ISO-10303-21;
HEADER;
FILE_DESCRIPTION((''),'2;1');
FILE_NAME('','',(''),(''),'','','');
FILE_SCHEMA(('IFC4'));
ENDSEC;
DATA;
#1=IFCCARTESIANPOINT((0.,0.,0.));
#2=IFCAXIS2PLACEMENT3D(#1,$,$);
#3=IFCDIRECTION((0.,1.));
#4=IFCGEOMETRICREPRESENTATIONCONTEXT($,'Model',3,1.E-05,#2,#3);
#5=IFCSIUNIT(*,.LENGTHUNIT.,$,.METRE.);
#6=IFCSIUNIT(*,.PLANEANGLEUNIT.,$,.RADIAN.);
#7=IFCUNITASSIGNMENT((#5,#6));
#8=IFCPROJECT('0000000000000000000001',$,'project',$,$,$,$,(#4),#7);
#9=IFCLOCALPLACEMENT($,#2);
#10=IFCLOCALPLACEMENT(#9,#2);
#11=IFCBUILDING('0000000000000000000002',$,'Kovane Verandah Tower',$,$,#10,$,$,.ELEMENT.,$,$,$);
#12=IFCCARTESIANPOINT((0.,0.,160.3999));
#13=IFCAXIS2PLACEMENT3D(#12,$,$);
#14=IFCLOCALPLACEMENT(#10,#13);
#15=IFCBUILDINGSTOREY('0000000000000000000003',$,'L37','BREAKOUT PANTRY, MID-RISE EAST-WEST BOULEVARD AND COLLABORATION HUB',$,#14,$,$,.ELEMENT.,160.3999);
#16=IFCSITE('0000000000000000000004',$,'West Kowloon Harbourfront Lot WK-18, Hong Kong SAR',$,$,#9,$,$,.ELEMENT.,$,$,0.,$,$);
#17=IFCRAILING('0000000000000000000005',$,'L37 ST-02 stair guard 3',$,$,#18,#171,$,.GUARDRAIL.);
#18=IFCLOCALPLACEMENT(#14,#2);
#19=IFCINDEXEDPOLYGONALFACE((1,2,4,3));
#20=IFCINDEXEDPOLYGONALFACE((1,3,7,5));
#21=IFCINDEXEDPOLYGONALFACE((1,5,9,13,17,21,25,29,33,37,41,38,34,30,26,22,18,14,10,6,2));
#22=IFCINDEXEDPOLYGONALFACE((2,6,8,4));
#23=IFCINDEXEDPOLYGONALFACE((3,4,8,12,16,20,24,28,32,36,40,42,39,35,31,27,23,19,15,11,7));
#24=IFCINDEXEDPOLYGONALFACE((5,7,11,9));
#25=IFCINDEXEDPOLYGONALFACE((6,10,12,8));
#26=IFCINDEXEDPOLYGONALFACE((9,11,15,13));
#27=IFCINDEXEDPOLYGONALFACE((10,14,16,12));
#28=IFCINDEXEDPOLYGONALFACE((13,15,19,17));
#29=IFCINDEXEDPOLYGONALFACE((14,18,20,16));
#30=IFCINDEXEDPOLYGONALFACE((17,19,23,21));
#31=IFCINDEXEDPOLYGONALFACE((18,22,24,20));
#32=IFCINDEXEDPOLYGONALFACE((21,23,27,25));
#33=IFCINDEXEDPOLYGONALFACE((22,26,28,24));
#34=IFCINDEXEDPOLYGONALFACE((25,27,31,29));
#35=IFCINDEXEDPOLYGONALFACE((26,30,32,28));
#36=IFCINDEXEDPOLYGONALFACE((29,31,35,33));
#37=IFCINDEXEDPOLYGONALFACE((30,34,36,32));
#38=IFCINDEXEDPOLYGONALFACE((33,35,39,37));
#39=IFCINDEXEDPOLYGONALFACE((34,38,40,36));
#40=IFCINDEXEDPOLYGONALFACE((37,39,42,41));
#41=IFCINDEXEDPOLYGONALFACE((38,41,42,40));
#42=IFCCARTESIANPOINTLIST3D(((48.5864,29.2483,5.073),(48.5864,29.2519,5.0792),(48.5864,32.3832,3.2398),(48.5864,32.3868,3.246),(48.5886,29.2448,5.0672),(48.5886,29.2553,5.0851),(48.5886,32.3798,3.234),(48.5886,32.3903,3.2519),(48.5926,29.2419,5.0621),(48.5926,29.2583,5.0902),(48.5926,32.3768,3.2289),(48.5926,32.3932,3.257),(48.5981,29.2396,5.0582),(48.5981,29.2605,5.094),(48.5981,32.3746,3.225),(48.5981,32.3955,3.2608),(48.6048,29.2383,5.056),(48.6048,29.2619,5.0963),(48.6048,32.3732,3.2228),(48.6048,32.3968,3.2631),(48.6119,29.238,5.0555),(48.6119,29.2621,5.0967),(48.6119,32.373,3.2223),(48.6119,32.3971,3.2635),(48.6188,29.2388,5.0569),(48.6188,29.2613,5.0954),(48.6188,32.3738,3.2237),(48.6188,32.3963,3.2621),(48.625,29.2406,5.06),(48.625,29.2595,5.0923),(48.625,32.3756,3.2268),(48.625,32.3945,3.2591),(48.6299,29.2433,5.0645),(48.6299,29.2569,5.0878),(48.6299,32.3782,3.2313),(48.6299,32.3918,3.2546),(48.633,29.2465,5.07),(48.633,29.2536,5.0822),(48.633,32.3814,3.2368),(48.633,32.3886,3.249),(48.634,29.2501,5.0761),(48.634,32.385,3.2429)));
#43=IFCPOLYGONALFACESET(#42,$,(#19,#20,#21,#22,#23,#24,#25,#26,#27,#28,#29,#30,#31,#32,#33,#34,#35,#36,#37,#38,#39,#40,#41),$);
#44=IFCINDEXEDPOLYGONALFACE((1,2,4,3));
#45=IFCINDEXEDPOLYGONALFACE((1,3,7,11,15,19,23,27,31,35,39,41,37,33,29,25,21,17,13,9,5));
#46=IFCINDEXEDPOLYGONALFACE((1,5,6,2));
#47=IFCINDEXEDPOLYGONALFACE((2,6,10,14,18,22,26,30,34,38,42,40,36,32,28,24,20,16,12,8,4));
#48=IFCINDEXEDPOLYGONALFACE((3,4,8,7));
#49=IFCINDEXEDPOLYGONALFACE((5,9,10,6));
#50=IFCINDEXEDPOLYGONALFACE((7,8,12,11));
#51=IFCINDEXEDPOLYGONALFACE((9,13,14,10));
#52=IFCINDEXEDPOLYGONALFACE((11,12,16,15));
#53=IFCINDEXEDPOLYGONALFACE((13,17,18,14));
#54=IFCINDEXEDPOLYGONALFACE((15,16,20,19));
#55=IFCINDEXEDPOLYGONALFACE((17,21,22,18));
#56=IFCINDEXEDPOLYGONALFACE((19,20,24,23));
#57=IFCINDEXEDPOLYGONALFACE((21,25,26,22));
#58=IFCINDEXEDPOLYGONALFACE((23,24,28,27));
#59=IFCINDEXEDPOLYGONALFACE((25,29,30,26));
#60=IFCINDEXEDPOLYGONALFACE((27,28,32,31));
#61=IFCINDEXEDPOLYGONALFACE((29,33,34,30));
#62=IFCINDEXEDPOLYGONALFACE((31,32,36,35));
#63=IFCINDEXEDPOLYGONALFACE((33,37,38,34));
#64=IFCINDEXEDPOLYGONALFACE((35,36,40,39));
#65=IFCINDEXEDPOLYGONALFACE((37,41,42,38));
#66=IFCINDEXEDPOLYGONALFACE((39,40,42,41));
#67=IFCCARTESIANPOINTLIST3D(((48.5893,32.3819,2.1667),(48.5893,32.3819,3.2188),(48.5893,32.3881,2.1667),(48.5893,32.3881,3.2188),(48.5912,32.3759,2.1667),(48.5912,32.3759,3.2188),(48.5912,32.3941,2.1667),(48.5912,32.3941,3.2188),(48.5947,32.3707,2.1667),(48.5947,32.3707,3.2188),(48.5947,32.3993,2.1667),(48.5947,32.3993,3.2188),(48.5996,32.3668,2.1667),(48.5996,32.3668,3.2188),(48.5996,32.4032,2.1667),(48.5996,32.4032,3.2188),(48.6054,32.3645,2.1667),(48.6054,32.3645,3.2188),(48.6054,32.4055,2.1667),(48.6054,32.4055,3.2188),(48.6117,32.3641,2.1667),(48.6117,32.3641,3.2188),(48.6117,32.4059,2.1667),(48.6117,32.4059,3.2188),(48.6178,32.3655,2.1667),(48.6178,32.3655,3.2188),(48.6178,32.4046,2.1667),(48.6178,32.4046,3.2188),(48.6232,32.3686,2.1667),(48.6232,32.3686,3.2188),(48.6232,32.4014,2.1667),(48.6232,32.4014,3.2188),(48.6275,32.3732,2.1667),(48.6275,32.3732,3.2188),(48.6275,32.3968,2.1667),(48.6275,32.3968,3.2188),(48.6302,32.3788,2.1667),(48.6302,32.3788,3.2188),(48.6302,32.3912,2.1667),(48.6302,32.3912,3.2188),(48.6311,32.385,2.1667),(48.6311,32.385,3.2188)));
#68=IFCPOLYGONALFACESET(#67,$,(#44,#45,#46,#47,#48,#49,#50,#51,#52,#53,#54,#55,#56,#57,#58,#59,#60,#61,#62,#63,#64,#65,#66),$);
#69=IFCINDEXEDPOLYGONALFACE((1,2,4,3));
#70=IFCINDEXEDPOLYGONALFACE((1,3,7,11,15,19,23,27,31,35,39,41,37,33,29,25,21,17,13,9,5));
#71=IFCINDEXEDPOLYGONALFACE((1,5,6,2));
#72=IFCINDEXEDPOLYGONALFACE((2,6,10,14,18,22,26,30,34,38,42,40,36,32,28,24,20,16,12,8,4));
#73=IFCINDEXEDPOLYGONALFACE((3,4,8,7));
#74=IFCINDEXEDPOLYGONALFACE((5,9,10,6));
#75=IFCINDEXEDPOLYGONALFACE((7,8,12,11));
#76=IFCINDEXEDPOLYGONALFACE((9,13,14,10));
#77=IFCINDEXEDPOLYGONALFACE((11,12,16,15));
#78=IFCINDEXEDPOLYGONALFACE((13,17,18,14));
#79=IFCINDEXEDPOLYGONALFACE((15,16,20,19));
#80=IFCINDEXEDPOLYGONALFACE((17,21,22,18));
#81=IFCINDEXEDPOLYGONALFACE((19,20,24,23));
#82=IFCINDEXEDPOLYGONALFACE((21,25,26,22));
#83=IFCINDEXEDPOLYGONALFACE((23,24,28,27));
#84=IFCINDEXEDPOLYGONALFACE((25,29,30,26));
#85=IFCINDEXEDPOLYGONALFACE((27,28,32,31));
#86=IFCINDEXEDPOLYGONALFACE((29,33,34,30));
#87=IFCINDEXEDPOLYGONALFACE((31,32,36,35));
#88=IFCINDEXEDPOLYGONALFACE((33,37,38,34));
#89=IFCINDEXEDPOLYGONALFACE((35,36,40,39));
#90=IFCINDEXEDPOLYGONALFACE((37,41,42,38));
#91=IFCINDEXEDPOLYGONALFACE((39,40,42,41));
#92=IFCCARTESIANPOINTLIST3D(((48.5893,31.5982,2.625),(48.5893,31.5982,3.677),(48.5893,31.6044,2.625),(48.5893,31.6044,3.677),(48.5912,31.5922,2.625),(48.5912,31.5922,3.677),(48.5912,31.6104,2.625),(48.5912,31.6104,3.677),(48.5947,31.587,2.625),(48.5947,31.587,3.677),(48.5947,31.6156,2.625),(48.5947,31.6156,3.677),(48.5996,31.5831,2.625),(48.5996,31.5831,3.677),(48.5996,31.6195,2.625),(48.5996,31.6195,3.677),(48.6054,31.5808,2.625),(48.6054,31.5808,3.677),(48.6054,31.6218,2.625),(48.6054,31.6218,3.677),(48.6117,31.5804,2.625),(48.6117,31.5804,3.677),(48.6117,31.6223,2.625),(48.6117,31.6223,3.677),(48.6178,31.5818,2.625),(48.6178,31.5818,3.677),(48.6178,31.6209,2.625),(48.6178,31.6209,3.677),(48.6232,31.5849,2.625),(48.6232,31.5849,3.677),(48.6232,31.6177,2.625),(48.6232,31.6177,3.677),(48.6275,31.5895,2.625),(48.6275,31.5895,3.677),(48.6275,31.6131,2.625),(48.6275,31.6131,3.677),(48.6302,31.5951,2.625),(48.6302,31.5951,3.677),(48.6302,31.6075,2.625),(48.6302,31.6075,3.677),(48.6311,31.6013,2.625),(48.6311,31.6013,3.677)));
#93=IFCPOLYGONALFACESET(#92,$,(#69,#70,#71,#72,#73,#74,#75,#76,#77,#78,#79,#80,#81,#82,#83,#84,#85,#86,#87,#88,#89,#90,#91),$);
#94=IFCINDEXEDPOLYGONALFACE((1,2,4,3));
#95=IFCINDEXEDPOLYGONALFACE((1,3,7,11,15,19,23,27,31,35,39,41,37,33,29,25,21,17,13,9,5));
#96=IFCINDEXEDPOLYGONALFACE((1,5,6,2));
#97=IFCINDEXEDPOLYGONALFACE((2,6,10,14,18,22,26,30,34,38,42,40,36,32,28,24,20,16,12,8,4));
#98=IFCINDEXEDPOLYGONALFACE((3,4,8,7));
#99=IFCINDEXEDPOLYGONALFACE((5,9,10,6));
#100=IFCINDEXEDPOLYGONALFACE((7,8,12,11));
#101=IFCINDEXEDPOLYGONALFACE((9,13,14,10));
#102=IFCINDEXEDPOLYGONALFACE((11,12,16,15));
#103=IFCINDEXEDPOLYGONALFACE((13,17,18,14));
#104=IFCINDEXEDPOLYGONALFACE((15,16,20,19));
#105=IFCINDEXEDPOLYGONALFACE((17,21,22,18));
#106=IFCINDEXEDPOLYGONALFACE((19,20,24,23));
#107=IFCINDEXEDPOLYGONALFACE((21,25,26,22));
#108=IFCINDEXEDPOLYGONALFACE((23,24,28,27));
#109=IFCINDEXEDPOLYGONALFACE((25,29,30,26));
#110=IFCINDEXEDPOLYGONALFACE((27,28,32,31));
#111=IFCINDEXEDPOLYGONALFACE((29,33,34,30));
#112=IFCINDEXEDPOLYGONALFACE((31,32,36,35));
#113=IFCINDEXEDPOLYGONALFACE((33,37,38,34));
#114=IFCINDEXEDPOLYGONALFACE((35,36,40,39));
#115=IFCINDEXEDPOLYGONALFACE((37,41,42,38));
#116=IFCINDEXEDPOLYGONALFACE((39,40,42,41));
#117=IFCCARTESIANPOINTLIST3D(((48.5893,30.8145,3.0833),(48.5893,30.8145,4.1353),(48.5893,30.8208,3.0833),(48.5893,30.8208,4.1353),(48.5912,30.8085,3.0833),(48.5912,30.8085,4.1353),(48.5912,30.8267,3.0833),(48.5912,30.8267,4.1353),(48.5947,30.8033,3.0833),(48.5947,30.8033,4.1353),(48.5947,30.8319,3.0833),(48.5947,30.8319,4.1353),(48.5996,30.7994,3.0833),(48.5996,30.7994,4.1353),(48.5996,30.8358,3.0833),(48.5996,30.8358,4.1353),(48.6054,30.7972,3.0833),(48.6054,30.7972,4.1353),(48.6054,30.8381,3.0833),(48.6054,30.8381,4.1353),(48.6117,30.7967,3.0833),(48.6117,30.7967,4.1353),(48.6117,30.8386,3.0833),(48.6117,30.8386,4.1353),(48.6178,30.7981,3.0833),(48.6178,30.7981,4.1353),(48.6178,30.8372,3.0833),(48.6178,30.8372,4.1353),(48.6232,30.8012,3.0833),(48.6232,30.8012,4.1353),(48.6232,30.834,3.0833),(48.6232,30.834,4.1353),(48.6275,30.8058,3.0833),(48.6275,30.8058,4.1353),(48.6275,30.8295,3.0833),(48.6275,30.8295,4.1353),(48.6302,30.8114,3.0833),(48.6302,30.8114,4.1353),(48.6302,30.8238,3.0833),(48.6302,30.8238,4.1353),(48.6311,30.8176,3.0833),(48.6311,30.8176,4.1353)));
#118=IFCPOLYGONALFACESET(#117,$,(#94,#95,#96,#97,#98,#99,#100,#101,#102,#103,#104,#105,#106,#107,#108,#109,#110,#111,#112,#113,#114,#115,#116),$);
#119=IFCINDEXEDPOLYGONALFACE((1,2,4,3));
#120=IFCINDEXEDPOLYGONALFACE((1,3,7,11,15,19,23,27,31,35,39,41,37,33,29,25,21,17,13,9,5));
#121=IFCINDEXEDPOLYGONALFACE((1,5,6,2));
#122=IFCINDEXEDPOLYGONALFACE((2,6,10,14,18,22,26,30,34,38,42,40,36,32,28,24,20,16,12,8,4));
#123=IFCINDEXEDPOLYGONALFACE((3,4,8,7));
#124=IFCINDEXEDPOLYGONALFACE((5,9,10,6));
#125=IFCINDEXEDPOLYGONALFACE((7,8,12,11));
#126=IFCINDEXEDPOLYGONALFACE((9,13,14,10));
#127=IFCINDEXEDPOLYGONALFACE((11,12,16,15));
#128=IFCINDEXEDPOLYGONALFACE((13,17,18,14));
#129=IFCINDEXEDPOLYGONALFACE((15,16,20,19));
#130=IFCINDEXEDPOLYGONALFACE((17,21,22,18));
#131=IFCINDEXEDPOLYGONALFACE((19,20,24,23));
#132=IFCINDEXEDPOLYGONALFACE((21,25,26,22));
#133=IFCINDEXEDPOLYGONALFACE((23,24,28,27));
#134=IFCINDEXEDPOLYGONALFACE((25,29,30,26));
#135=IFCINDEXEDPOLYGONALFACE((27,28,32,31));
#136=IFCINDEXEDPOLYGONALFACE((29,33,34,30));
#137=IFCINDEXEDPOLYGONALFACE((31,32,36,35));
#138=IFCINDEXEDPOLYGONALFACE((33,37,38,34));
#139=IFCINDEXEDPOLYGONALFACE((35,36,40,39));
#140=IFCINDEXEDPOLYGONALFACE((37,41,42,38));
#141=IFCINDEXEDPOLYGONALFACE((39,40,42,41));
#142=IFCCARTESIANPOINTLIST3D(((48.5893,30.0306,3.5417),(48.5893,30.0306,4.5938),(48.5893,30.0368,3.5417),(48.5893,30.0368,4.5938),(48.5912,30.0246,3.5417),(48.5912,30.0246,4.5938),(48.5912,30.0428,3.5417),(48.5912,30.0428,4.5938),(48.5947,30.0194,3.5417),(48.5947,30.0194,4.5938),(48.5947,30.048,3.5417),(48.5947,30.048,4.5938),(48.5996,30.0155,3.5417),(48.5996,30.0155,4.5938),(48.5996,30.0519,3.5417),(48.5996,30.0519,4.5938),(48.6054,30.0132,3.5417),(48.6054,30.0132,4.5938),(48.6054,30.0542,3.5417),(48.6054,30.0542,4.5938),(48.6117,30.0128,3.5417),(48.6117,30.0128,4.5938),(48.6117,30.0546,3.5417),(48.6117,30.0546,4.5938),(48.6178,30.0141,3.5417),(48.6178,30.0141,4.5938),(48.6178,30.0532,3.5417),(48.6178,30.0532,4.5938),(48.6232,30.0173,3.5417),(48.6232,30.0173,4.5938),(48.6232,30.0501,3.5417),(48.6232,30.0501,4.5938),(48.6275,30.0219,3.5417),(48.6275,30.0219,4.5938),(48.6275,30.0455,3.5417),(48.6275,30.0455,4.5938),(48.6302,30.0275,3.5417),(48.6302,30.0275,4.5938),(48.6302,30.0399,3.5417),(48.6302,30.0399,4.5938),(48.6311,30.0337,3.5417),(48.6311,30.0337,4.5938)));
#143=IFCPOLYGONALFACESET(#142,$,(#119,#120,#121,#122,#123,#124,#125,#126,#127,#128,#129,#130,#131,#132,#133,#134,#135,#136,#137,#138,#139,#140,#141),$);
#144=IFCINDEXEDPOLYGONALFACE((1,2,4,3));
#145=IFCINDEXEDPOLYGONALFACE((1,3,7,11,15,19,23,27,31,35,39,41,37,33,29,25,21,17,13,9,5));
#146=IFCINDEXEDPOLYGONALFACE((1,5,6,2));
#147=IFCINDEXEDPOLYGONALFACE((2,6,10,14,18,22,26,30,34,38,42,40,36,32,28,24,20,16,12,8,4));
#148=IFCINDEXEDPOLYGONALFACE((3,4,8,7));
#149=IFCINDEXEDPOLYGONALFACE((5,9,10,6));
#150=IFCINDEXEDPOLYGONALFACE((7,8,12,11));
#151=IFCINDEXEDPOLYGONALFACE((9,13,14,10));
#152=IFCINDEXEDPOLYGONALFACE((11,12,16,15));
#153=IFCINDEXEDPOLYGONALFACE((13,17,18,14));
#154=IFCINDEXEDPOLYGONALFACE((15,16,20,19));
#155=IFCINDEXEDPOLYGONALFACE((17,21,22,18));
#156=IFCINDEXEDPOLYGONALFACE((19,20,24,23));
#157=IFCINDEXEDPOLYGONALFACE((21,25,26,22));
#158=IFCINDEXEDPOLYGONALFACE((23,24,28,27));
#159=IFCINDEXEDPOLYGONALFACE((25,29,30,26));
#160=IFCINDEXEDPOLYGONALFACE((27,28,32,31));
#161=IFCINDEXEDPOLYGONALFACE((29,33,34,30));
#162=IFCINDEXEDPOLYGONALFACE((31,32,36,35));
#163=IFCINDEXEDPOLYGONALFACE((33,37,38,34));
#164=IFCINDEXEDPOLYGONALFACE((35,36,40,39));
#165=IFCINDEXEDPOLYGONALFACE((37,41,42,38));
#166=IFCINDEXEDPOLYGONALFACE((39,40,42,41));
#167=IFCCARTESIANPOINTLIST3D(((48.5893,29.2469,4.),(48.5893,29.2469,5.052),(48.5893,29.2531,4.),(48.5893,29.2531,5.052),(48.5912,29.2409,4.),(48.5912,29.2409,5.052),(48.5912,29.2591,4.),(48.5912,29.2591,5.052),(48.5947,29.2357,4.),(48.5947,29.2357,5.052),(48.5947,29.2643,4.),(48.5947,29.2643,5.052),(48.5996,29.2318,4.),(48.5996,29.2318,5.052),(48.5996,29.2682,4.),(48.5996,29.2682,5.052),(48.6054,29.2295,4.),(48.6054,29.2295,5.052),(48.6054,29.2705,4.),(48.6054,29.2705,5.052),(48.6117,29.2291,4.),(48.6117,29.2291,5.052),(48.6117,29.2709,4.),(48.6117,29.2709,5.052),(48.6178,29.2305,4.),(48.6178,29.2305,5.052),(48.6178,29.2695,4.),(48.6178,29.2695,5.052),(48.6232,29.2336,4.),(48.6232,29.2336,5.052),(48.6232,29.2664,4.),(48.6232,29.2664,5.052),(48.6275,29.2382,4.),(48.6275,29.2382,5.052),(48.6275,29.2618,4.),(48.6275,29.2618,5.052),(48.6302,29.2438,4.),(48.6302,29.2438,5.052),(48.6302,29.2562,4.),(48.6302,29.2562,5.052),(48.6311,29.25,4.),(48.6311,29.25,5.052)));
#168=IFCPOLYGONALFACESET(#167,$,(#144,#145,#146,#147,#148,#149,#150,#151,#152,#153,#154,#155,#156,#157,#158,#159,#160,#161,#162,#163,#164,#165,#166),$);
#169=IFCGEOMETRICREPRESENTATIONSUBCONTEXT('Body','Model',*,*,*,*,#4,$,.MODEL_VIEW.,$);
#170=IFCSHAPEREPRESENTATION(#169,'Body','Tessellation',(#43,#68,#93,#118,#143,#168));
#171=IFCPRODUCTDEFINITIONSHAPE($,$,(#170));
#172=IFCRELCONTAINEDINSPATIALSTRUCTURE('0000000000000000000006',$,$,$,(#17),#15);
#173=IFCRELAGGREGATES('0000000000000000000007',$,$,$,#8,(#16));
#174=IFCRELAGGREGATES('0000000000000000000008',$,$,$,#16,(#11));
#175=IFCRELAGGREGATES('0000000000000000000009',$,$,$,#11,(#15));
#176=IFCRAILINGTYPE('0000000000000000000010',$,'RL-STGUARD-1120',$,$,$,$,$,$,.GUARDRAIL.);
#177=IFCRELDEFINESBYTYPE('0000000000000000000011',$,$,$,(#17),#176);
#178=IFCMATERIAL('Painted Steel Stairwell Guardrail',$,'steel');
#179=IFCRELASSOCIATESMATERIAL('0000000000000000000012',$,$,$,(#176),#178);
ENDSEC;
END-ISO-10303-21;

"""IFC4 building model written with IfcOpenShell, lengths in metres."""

from ifc_helpers import new_model, si_unit, direction, frame, origin, origin_2d, place, context, subcontext, project, spatial, circle, extrude, material, type_object, element, save


model = new_model("IFC4")

# Units and contexts
model_context = context("Model", 3, precision=1e-05, world=origin(), true_north=direction((0.0, 1.0)))
body_context = subcontext(model_context, "Body", "Model", "MODEL_VIEW")
ifc_project = project(units=[si_unit("LENGTHUNIT", "METRE"), si_unit("PLANEANGLEUNIT", "RADIAN")], contexts=[model_context])

# Site, building, storey
site_placement = place(None, origin())
site = spatial("IfcSite", under=ifc_project, at=site_placement, Name="West Kowloon Harbourfront Lot WK-18, Hong Kong SAR", CompositionType="ELEMENT", RefElevation=0.0)
building_placement = place(site_placement, origin())
building = spatial("IfcBuilding", under=site, at=building_placement, Name="Kovane Verandah Tower", CompositionType="ELEMENT")
storey_placement = place(building_placement, frame((0.0, 0.0, 160.3999)))
storey = spatial("IfcBuildingStorey", under=building, at=storey_placement, Name="L37", Description="BREAKOUT PANTRY, MID-RISE EAST-WEST BOULEVARD AND COLLABORATION HUB", CompositionType="ELEMENT", Elevation=160.3999)

# Railing
ifc_material_1 = material(Name="Painted Steel Stairwell Guardrail", Category="steel")
railing_type_1 = type_object("IfcRailingType", Name="RL-STGUARD-1120", PredefinedType="GUARDRAIL", material=ifc_material_1)
railing_1_placement = place(storey_placement, frame((48.6101, 32.385, 2.1667)))
element("IfcRailing", 1, at=railing_1_placement, inside=storey, type_object=railing_type_1, Name="L37 ST-02 stair guard 3", PredefinedType="GUARDRAIL", context=body_context, shape_type="SweptSolid", body=[
    extrude(circle(Radius=0.0239, at=origin_2d()), frame((0.0, 0.0, 1.0762), z_axis=(0.0, -0.86324, 0.504794), x_axis=(1.0, 0.0, 0.0)), (0.0, 0.0, 1.0), 3.6316),
    extrude(circle(Radius=0.021, at=origin_2d()), origin(), (0.0, 0.0, 1.0), 1.052),
    extrude(circle(Radius=0.021, at=origin_2d()), frame((0.0, -0.7837, 0.4583)), (0.0, 0.0, 1.0), 1.052),
    extrude(circle(Radius=0.021, at=origin_2d()), frame((0.0, -1.5674, 0.9165)), (0.0, 0.0, 1.0), 1.052),
    extrude(circle(Radius=0.021, at=origin_2d()), frame((0.0, -2.3513, 1.375)), (0.0, 0.0, 1.0), 1.052),
    extrude(circle(Radius=0.021, at=origin_2d()), frame((0.0, -3.135, 1.8333)), (0.0, 0.0, 1.0), 1.052),
])

save(model, "model.ifc")
